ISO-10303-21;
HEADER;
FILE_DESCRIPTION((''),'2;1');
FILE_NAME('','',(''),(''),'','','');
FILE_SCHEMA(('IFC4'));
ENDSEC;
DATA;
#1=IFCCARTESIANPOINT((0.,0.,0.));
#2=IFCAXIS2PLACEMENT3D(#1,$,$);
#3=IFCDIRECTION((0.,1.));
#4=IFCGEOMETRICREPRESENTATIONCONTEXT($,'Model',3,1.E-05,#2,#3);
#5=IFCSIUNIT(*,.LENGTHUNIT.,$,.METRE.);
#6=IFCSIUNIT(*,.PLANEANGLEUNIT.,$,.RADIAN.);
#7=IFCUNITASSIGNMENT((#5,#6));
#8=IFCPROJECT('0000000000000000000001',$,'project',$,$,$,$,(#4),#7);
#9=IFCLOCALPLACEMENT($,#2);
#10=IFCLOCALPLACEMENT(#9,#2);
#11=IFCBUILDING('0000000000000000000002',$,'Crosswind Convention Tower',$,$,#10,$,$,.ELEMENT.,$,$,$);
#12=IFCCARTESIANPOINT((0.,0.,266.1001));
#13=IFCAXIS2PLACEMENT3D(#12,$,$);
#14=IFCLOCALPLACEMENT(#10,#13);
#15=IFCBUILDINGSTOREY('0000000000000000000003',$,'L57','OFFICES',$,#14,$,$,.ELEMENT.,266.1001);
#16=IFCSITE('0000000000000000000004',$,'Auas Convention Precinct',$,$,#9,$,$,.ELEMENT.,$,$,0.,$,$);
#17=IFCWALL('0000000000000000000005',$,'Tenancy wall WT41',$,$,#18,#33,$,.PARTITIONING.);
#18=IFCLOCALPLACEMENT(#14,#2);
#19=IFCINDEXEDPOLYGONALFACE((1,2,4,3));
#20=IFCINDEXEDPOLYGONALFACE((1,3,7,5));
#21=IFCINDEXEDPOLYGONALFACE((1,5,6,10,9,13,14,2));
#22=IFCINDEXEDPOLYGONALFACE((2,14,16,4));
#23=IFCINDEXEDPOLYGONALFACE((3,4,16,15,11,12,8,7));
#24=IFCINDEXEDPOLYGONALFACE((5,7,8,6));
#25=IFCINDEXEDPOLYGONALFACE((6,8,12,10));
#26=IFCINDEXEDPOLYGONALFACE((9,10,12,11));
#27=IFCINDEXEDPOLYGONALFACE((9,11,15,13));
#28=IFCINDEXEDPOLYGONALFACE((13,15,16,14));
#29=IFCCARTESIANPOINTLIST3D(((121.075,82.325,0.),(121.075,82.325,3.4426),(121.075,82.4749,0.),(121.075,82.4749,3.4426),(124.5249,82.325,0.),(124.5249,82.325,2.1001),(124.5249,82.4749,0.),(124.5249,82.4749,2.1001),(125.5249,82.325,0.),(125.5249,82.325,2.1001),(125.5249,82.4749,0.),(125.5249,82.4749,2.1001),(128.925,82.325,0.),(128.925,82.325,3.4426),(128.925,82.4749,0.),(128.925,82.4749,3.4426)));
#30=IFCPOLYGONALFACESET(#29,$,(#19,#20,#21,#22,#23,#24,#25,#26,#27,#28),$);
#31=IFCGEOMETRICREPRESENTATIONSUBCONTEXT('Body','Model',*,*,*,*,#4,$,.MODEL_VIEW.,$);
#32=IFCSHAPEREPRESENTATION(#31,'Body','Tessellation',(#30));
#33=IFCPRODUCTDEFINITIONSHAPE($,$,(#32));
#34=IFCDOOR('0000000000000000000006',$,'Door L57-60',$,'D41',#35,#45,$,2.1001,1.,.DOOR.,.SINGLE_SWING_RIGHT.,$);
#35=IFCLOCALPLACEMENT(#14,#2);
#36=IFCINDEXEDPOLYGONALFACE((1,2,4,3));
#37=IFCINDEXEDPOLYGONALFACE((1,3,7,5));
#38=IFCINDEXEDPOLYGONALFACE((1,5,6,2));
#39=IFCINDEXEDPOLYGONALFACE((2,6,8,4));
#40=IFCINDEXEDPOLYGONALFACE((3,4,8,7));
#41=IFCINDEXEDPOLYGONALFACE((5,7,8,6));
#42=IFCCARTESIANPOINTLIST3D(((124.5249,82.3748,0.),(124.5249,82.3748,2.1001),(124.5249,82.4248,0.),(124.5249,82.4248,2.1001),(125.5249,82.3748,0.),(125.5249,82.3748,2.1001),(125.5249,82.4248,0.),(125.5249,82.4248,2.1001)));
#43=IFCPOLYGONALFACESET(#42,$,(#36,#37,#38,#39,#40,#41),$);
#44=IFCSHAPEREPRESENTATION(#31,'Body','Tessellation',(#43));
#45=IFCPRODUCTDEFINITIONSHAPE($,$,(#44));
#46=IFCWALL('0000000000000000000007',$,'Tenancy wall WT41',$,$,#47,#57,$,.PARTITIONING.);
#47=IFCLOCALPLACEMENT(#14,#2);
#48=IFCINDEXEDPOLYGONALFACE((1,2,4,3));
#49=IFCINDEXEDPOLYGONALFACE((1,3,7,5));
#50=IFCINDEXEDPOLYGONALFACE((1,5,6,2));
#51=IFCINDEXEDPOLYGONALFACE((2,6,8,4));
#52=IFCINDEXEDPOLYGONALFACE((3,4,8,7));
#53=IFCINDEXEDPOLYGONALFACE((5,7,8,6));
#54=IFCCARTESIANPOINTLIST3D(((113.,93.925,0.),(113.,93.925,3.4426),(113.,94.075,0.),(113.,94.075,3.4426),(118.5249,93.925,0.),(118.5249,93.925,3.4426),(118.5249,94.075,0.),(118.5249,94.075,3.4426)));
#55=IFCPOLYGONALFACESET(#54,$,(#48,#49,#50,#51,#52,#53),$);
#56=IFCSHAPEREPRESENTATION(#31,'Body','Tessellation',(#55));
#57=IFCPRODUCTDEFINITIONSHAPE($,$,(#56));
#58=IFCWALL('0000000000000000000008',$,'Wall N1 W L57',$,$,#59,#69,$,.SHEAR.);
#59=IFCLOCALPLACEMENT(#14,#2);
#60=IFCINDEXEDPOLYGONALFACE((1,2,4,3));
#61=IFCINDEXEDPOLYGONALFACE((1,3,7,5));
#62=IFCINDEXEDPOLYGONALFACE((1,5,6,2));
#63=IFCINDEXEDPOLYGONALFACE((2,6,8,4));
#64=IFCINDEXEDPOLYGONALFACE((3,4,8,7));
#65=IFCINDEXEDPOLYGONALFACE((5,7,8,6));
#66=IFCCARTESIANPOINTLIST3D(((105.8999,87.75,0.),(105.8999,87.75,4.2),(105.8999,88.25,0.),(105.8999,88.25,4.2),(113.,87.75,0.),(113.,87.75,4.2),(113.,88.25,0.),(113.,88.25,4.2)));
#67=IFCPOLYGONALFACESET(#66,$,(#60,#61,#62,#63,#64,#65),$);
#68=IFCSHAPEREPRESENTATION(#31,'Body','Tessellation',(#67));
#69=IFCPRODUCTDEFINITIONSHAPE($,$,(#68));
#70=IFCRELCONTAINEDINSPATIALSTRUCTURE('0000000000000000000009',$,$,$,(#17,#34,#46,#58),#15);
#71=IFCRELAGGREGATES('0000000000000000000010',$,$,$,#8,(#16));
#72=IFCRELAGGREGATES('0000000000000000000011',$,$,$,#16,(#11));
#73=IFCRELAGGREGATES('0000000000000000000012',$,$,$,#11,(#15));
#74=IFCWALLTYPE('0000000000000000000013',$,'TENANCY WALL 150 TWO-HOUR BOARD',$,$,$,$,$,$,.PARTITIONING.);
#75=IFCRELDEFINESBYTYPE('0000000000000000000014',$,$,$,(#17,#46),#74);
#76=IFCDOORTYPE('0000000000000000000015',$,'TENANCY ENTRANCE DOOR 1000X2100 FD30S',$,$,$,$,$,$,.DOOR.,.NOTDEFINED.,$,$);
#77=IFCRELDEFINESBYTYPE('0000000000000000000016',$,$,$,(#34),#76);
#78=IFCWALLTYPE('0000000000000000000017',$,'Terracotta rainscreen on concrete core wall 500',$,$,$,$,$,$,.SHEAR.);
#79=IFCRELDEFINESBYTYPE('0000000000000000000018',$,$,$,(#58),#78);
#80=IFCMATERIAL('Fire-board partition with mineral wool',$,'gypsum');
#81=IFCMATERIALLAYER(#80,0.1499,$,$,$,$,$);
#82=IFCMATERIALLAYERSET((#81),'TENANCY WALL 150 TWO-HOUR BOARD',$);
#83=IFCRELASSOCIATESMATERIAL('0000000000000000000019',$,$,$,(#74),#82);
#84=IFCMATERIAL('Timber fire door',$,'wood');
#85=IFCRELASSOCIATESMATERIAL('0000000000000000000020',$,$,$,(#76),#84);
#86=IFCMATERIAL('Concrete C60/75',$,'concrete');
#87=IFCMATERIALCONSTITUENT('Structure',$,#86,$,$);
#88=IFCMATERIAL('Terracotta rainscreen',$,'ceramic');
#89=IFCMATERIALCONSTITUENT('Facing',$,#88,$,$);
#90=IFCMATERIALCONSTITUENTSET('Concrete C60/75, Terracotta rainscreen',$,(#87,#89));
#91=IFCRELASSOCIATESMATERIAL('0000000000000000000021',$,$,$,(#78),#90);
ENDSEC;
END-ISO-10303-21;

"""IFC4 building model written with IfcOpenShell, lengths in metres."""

from ifc_helpers import new_model, si_unit, direction, frame, frame_2d, origin, place, context, subcontext, project, spatial, rectangle, extrude, material, layer, layer_set, constituent, constituent_set, type_object, element, fill, save


model = new_model("IFC4")

# Units and contexts
model_context = context("Model", 3, precision=1e-05, world=origin(), true_north=direction((0.0, 1.0)))
body_context = subcontext(model_context, "Body", "Model", "MODEL_VIEW")
ifc_project = project(units=[si_unit("LENGTHUNIT", "METRE"), si_unit("PLANEANGLEUNIT", "RADIAN")], contexts=[model_context])

# Site, building, storey
site_placement = place(None, origin())
site = spatial("IfcSite", under=ifc_project, at=site_placement, Name="Auas Convention Precinct", CompositionType="ELEMENT", RefElevation=0.0)
building_placement = place(site_placement, origin())
building = spatial("IfcBuilding", under=site, at=building_placement, Name="Crosswind Convention Tower", CompositionType="ELEMENT")
storey_placement = place(building_placement, frame((0.0, 0.0, 266.1001)))
storey = spatial("IfcBuildingStorey", under=building, at=storey_placement, Name="L57", Description="OFFICES", CompositionType="ELEMENT", Elevation=266.1001)

# Shared definitions
ifc_material_1 = material(Name="Concrete C60/75", Category="concrete")

# Shared definitions
ifc_material_2 = material(Name="Fire-board partition with mineral wool", Category="gypsum")
ifc_layer_1 = layer(ifc_material_2, 0.1499)
ifc_layer_set_1 = layer_set([ifc_layer_1], Name="TENANCY WALL 150 TWO-HOUR BOARD")
wall_type_1 = type_object("IfcWallType", Name="TENANCY WALL 150 TWO-HOUR BOARD", PredefinedType="PARTITIONING", material=ifc_layer_set_1)
ifc_material_3 = material(Name="Timber fire door", Category="wood")
door_type = type_object("IfcDoorType", Name="TENANCY ENTRANCE DOOR 1000X2100 FD30S", OperationType="NOTDEFINED", PredefinedType="DOOR", material=ifc_material_3)

# Wall, opening, door
wall_1_placement = place(storey_placement, frame((121.075, 82.3999, 0.0), z_axis=(0.0, 0.0, 1.0), x_axis=(1.0, 0.0, 0.0)))
wall_1 = element("IfcWall", 1, at=wall_1_placement, inside=storey, type_object=wall_type_1, Name="Tenancy wall WT41", PredefinedType="PARTITIONING", context=body_context, shape_type="SweptSolid", body=[
    extrude(rectangle(XDim=7.8501, YDim=0.1499, at=frame_2d((3.925, 0.0))), origin(), (0.0, 0.0, 1.0), 3.4426),
])
opening_1_placement = place(wall_1_placement, frame((3.45, 0.0, 0.0)))
opening_1 = element("IfcOpeningElement", 2, at=opening_1_placement, cuts=wall_1, PredefinedType="OPENING", context=body_context, shape_type="SweptSolid", body=[
    extrude(rectangle(XDim=1.0, YDim=2.1001, at=frame_2d((0.5, 1.05))), frame((0.0, 0.085, 0.0), z_axis=(0.0, -1.0, 0.0), x_axis=(1.0, 0.0, 0.0)), (0.0, 0.0, 1.0), 0.1699),
])
door_1_placement = place(opening_1_placement, origin())
door_1 = element("IfcDoor", 3, at=door_1_placement, inside=storey, type_object=door_type, Name="Door L57-60", ObjectType="D41", OperationType="SINGLE_SWING_RIGHT", OverallHeight=2.1001, OverallWidth=1.0, PredefinedType="DOOR", context=body_context, shape_type="SweptSolid", body=[
    extrude(rectangle(XDim=1.0, YDim=2.1001, at=frame_2d((0.5, 1.05))), frame((0.0, 0.0249, 0.0), z_axis=(0.0, -1.0, 0.0), x_axis=(1.0, 0.0, 0.0)), (0.0, 0.0, 1.0), 0.05),
])
fill(opening_1, door_1)

# Walls
wall_2_placement = place(storey_placement, frame((113.0, 94.0, 0.0), z_axis=(0.0, 0.0, 1.0), x_axis=(1.0, 0.0, 0.0)))
element("IfcWall", 4, at=wall_2_placement, inside=storey, type_object=wall_type_1, Name="Tenancy wall WT41", PredefinedType="PARTITIONING", context=body_context, shape_type="SweptSolid", body=[
    extrude(rectangle(XDim=5.5249, YDim=0.1499, at=frame_2d((2.7625, 0.0))), origin(), (0.0, 0.0, 1.0), 3.4426),
])
ifc_constituent_1 = constituent(ifc_material_1, Name="Structure")
ifc_material_4 = material(Name="Terracotta rainscreen", Category="ceramic")
ifc_constituent_2 = constituent(ifc_material_4, Name="Facing")
ifc_constituent_set = constituent_set(constituents=[ifc_constituent_1, ifc_constituent_2], Name="Concrete C60/75, Terracotta rainscreen")
wall_type_2 = type_object("IfcWallType", Name="Terracotta rainscreen on concrete core wall 500", PredefinedType="SHEAR", material=ifc_constituent_set)
wall_3_placement = place(storey_placement, frame((113.0, 88.0, 0.0), z_axis=(0.0, 0.0, 1.0), x_axis=(-1.0, 0.0, 0.0)))
element("IfcWall", 5, at=wall_3_placement, inside=storey, type_object=wall_type_2, Name="Wall N1 W L57", PredefinedType="SHEAR", context=body_context, shape_type="SweptSolid", body=[
    extrude(rectangle(XDim=7.1001, YDim=0.5, at=frame_2d((3.55, 0.0))), origin(), (0.0, 0.0, 1.0), 4.2),
])

save(model, "model.ifc")
